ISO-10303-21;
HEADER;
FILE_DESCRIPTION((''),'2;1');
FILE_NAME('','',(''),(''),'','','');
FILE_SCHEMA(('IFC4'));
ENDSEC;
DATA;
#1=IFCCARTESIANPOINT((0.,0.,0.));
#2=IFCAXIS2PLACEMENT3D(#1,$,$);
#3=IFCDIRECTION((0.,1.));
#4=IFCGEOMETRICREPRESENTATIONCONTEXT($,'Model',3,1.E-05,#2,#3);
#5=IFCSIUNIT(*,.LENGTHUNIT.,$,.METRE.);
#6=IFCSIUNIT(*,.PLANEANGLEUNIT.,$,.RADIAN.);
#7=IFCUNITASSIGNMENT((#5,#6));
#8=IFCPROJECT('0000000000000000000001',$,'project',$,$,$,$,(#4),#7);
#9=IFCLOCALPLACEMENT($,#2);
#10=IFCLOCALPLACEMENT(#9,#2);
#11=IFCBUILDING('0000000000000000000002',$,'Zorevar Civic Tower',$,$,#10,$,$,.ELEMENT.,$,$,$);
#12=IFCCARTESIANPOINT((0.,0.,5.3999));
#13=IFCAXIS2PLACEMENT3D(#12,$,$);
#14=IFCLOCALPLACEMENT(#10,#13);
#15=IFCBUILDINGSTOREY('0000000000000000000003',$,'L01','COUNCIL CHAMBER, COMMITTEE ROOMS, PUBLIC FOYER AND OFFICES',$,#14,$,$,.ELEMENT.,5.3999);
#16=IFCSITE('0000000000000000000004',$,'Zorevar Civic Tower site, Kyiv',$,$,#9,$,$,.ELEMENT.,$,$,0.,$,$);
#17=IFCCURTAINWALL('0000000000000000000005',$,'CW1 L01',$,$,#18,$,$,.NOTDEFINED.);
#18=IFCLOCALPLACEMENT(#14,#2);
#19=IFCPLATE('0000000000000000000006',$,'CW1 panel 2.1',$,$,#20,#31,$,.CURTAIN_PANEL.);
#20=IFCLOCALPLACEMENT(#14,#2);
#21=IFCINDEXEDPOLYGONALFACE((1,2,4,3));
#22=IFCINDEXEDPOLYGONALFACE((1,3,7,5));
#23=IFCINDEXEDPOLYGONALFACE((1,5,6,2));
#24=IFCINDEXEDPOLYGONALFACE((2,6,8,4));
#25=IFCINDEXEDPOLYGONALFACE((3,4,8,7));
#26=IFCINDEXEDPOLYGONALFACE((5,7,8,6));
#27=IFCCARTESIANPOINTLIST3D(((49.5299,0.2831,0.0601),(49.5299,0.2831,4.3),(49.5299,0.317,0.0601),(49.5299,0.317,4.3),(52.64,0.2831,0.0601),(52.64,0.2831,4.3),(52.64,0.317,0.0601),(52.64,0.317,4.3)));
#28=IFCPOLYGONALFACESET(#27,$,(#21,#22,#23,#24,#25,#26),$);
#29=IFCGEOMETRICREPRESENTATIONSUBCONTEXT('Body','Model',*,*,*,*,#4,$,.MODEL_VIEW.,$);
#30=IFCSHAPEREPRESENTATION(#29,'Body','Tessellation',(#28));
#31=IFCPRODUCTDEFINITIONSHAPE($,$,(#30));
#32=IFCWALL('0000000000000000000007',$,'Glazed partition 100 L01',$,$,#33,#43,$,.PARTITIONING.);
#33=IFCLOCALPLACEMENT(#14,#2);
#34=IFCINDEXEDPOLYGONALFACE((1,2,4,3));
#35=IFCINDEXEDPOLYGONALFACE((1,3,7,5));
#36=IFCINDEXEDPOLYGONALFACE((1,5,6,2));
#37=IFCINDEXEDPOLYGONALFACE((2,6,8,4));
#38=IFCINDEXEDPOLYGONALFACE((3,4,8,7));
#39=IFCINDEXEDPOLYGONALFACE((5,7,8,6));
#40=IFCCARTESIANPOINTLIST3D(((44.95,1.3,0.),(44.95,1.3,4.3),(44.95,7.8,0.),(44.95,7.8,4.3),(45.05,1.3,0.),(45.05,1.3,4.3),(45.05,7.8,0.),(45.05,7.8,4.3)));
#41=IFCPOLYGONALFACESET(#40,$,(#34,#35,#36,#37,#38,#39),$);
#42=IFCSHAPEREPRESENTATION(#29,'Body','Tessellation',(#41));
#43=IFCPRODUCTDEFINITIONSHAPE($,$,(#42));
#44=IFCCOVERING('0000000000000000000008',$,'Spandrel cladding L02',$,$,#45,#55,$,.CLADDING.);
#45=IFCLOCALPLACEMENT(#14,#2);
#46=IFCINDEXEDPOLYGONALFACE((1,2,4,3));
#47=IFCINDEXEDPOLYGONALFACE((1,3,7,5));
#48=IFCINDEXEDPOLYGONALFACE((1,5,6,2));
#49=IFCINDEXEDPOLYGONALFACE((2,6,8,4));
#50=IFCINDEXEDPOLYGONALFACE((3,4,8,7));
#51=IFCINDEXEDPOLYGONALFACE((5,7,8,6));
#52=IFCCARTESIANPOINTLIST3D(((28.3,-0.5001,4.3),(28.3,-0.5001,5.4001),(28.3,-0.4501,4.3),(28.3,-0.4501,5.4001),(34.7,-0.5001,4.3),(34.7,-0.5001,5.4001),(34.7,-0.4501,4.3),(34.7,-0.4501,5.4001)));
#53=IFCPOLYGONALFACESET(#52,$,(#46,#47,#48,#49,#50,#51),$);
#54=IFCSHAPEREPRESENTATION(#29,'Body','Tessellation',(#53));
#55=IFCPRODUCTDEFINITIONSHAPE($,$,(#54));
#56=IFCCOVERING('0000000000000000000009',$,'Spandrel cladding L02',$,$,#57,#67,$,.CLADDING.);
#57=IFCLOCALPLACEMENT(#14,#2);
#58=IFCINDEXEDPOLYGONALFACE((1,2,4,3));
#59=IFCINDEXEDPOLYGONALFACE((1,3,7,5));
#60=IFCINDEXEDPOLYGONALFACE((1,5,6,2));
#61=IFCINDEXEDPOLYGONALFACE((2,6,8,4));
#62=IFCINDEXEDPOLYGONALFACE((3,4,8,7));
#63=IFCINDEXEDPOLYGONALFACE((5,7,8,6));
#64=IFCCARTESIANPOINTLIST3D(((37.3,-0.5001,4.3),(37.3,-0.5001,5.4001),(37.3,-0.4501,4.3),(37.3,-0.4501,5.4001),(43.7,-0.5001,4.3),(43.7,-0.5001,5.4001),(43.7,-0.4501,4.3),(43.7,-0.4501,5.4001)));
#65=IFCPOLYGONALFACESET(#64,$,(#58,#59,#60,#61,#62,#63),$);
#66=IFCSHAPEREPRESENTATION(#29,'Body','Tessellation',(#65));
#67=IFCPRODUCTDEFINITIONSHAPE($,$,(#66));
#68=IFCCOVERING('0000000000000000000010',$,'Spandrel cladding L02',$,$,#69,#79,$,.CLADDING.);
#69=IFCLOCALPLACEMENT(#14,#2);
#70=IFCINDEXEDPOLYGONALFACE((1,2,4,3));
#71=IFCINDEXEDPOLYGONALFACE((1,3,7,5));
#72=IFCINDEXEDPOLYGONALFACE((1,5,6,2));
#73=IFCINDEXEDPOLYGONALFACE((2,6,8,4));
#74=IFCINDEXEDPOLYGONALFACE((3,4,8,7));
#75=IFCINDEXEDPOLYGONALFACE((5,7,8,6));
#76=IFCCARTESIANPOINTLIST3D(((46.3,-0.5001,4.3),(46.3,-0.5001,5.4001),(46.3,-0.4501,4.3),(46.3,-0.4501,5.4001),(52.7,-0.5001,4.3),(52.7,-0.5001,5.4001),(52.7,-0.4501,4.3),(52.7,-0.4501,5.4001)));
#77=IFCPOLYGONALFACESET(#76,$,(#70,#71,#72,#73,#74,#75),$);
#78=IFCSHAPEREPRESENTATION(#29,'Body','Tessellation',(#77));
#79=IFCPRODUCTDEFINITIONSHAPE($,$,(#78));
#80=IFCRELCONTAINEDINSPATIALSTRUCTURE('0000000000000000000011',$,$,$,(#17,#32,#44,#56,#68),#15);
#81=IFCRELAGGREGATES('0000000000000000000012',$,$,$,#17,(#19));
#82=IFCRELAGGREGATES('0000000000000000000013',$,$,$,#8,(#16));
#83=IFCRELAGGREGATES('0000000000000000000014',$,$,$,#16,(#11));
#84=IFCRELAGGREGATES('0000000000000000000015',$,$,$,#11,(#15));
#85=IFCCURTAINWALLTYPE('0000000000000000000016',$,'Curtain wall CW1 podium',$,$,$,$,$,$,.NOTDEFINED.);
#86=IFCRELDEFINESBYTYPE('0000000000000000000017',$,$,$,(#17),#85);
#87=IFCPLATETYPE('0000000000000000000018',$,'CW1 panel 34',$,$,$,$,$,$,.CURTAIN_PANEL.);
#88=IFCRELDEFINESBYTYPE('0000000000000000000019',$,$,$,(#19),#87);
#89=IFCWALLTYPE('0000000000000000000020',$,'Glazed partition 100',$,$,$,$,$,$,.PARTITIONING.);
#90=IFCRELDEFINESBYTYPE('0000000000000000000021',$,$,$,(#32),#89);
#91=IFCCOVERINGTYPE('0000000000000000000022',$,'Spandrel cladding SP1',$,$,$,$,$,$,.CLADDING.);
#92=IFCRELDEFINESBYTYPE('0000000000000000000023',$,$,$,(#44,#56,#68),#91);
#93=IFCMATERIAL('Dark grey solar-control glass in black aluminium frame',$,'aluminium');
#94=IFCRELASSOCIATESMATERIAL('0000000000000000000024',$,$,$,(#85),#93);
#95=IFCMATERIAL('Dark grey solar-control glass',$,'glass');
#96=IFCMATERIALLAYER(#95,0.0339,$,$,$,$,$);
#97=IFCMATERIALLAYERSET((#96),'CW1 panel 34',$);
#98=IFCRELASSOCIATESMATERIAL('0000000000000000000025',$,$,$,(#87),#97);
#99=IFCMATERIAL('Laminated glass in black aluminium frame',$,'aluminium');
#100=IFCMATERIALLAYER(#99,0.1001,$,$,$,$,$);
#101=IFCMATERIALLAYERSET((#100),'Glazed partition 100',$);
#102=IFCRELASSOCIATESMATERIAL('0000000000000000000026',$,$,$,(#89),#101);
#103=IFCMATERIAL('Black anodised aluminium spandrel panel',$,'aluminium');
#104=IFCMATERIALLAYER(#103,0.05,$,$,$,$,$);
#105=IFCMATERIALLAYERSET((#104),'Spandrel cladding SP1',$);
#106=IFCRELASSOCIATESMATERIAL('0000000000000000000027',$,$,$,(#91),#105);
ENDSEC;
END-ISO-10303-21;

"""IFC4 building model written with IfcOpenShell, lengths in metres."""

from ifc_helpers import new_model, si_unit, direction, frame, frame_2d, origin, origin_2d, place, context, subcontext, project, spatial, rectangle, extrude, material, layer, layer_set, type_object, element, aggregate, save


model = new_model("IFC4")

# Units and contexts
model_context = context("Model", 3, precision=1e-05, world=origin(), true_north=direction((0.0, 1.0)))
body_context = subcontext(model_context, "Body", "Model", "MODEL_VIEW")
ifc_project = project(units=[si_unit("LENGTHUNIT", "METRE"), si_unit("PLANEANGLEUNIT", "RADIAN")], contexts=[model_context])

# Site, building, storey
site_placement = place(None, origin())
site = spatial("IfcSite", under=ifc_project, at=site_placement, Name="Zorevar Civic Tower site, Kyiv", CompositionType="ELEMENT", RefElevation=0.0)
building_placement = place(site_placement, origin())
building = spatial("IfcBuilding", under=site, at=building_placement, Name="Zorevar Civic Tower", CompositionType="ELEMENT")
storey_placement = place(building_placement, frame((0.0, 0.0, 5.3999)))
storey = spatial("IfcBuildingStorey", under=building, at=storey_placement, Name="L01", Description="COUNCIL CHAMBER, COMMITTEE ROOMS, PUBLIC FOYER AND OFFICES", CompositionType="ELEMENT", Elevation=5.3999)

# Curtain wall
ifc_material_1 = material(Name="Dark grey solar-control glass in black aluminium frame", Category="aluminium")
curtain_wall_type = type_object("IfcCurtainWallType", Name="Curtain wall CW1 podium", PredefinedType="NOTDEFINED", material=ifc_material_1)
curtain_wall_1_placement = place(storey_placement, origin())
curtain_wall_1 = element("IfcCurtainWall", 1, at=curtain_wall_1_placement, inside=storey, type_object=curtain_wall_type, Name="CW1 L01", PredefinedType="NOTDEFINED")

# Plate
ifc_material_2 = material(Name="Dark grey solar-control glass", Category="glass")
ifc_layer_1 = layer(ifc_material_2, 0.0339)
ifc_layer_set_1 = layer_set([ifc_layer_1], Name="CW1 panel 34")
plate_type = type_object("IfcPlateType", Name="CW1 panel 34", PredefinedType="CURTAIN_PANEL", material=ifc_layer_set_1)
plate_1_placement = place(storey_placement, frame((51.085, 0.3, 0.0601), z_axis=(0.0, 0.0, 1.0), x_axis=(1.0, 0.0, 0.0)))
plate_1 = element("IfcPlate", 2, at=plate_1_placement, type_object=plate_type, Name="CW1 panel 2.1", PredefinedType="CURTAIN_PANEL", context=body_context, shape_type="SweptSolid", body=[
    extrude(rectangle(XDim=3.1101, YDim=0.0339, at=origin_2d()), origin(), (0.0, 0.0, 1.0), 4.24),
])
aggregate(curtain_wall_1, [plate_1])

# Wall
ifc_material_3 = material(Name="Laminated glass in black aluminium frame", Category="aluminium")
ifc_layer_2 = layer(ifc_material_3, 0.1001)
ifc_layer_set_2 = layer_set([ifc_layer_2], Name="Glazed partition 100")
wall_type = type_object("IfcWallType", Name="Glazed partition 100", PredefinedType="PARTITIONING", material=ifc_layer_set_2)
wall_placement = place(storey_placement, frame((45.0, 1.3, 0.0), z_axis=(0.0, 0.0, 1.0), x_axis=(0.0, 1.0, 0.0)))
element("IfcWall", 3, at=wall_placement, inside=storey, type_object=wall_type, Name="Glazed partition 100 L01", PredefinedType="PARTITIONING", context=body_context, shape_type="SweptSolid", body=[
    extrude(rectangle(XDim=6.5, YDim=0.1001, at=frame_2d((3.25, 0.0))), origin(), (0.0, 0.0, 1.0), 4.3),
])

# Coverings
ifc_material_4 = material(Name="Black anodised aluminium spandrel panel", Category="aluminium")
ifc_layer_3 = layer(ifc_material_4, 0.05)
ifc_layer_set_3 = layer_set([ifc_layer_3], Name="Spandrel cladding SP1")
covering_type = type_object("IfcCoveringType", Name="Spandrel cladding SP1", PredefinedType="CLADDING", material=ifc_layer_set_3)
for number, where, z_axis, x_axis, name in (
    (4, (28.3, -0.4751, 4.3), (0.0, 0.0, 1.0), (1.0, 0.0, 0.0), "Spandrel cladding L02"),
    (5, (37.3, -0.4751, 4.3), (0.0, 0.0, 1.0), (1.0, 0.0, 0.0), "Spandrel cladding L02"),
    (6, (46.3, -0.4751, 4.3), (0.0, 0.0, 1.0), (1.0, 0.0, 0.0), "Spandrel cladding L02"),
):
    element("IfcCovering", number, at=place(storey_placement, frame(where, z_axis=z_axis, x_axis=x_axis)), inside=storey, type_object=covering_type, Name=name, PredefinedType="CLADDING", context=body_context, shape_type="SweptSolid", body=[
        extrude(rectangle(XDim=6.3999, YDim=0.05, at=frame_2d((3.2, 0.0))), origin(), (0.0, 0.0, 1.0), 1.1001),
    ])

save(model, "model.ifc")
